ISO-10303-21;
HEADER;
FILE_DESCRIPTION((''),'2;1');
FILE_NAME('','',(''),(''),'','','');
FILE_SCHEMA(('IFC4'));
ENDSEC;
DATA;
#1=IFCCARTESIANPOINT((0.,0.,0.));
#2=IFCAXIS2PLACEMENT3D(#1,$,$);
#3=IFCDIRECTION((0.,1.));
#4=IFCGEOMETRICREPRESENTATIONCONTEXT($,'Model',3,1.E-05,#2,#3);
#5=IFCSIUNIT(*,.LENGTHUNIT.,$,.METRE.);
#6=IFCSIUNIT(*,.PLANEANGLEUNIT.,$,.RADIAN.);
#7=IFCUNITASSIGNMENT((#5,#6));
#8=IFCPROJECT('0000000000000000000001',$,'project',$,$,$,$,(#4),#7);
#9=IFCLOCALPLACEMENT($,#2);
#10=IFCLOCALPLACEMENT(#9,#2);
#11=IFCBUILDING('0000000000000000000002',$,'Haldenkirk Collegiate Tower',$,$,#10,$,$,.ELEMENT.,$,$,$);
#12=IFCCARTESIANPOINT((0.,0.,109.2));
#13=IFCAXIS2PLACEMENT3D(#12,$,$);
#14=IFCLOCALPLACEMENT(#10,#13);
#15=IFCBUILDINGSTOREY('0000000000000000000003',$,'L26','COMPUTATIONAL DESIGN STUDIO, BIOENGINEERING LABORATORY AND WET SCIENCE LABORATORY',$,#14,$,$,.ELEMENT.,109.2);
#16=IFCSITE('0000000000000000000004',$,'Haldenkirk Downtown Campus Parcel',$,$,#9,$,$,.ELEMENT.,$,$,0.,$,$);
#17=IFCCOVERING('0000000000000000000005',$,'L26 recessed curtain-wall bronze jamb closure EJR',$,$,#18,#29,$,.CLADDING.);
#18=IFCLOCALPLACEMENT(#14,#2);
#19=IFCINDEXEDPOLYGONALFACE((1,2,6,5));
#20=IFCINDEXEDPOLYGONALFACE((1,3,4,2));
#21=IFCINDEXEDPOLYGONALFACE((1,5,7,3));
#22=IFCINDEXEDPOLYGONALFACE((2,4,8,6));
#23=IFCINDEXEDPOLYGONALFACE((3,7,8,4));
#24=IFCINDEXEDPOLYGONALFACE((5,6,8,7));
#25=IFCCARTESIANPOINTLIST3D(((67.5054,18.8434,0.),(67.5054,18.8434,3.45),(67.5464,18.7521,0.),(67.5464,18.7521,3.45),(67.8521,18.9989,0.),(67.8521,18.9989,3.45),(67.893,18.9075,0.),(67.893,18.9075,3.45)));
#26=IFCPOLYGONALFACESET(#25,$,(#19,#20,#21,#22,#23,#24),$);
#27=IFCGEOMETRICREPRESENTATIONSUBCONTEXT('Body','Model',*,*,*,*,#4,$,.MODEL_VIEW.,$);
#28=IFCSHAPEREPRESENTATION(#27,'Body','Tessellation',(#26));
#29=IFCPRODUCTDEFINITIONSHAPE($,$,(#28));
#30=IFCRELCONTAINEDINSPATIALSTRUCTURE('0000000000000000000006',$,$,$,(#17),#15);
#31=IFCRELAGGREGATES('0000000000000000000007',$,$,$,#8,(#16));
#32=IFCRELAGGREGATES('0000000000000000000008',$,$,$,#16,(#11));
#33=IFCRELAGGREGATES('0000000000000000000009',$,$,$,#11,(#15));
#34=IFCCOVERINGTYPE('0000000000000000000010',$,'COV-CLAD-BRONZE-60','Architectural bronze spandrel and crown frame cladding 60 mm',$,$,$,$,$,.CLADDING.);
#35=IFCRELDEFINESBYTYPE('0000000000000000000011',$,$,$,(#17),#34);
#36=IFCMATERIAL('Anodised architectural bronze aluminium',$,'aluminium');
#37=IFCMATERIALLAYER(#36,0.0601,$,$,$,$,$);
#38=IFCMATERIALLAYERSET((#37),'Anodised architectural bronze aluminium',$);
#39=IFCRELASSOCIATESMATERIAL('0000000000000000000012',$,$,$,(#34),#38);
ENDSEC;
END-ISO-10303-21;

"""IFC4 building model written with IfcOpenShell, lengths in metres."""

from ifc_helpers import new_model, si_unit, direction, frame, origin, origin_2d, place, context, subcontext, project, spatial, rectangle, extrude, source, transform, mapped, material, layer, layer_set, type_object, element, save


model = new_model("IFC4")

# Units and contexts
model_context = context("Model", 3, precision=1e-05, world=origin(), true_north=direction((0.0, 1.0)))
body_context = subcontext(model_context, "Body", "Model", "MODEL_VIEW")
ifc_project = project(units=[si_unit("LENGTHUNIT", "METRE"), si_unit("PLANEANGLEUNIT", "RADIAN")], contexts=[model_context])

# Site, building, storey
site_placement = place(None, origin())
site = spatial("IfcSite", under=ifc_project, at=site_placement, Name="Haldenkirk Downtown Campus Parcel", CompositionType="ELEMENT", RefElevation=0.0)
building_placement = place(site_placement, origin())
building = spatial("IfcBuilding", under=site, at=building_placement, Name="Haldenkirk Collegiate Tower", CompositionType="ELEMENT")
storey_placement = place(building_placement, frame((0.0, 0.0, 109.2)))
storey = spatial("IfcBuildingStorey", under=building, at=storey_placement, Name="L26", Description="COMPUTATIONAL DESIGN STUDIO, BIOENGINEERING LABORATORY AND WET SCIENCE LABORATORY", CompositionType="ELEMENT", Elevation=109.2)

# Shared definitions
ifc_material_1 = material(Name="Anodised architectural bronze aluminium", Category="aluminium")

# Covering
ifc_layer_1 = layer(ifc_material_1, 0.0601)
ifc_layer_set_1 = layer_set([ifc_layer_1], Name="Anodised architectural bronze aluminium")
covering_type = type_object("IfcCoveringType", Name="COV-CLAD-BRONZE-60", Description="Architectural bronze spandrel and crown frame cladding 60 mm", PredefinedType="CLADDING", material=ifc_layer_set_1)
shared_shape_1 = source(origin(), body_context, "Body", "SweptSolid", [
    extrude(rectangle(XDim=0.1001, YDim=0.3799, at=origin_2d()), origin(), (0.0, 0.0, 1.0), 3.45),
])
for number, where, z_axis, x_axis, name in (
    (1, (67.6992, 18.8755, 0.0), (0.0, 0.0, 1.0), (0.409127, -0.912477, 0.0), "L26 recessed curtain-wall bronze jamb closure EJR"),
):
    element("IfcCovering", number, at=place(storey_placement, frame(where, z_axis=z_axis, x_axis=x_axis)), inside=storey, type_object=covering_type, Name=name, PredefinedType="CLADDING", context=body_context, shape_type="MappedRepresentation", body=[
        mapped(shared_shape_1, transform((0.0, 0.0, 0.0), x_axis=(1.0, 0.0, 0.0), y_axis=(0.0, 1.0, 0.0), z_axis=(0.0, 0.0, 1.0), scale=1.0)),
    ])

save(model, "model.ifc")
